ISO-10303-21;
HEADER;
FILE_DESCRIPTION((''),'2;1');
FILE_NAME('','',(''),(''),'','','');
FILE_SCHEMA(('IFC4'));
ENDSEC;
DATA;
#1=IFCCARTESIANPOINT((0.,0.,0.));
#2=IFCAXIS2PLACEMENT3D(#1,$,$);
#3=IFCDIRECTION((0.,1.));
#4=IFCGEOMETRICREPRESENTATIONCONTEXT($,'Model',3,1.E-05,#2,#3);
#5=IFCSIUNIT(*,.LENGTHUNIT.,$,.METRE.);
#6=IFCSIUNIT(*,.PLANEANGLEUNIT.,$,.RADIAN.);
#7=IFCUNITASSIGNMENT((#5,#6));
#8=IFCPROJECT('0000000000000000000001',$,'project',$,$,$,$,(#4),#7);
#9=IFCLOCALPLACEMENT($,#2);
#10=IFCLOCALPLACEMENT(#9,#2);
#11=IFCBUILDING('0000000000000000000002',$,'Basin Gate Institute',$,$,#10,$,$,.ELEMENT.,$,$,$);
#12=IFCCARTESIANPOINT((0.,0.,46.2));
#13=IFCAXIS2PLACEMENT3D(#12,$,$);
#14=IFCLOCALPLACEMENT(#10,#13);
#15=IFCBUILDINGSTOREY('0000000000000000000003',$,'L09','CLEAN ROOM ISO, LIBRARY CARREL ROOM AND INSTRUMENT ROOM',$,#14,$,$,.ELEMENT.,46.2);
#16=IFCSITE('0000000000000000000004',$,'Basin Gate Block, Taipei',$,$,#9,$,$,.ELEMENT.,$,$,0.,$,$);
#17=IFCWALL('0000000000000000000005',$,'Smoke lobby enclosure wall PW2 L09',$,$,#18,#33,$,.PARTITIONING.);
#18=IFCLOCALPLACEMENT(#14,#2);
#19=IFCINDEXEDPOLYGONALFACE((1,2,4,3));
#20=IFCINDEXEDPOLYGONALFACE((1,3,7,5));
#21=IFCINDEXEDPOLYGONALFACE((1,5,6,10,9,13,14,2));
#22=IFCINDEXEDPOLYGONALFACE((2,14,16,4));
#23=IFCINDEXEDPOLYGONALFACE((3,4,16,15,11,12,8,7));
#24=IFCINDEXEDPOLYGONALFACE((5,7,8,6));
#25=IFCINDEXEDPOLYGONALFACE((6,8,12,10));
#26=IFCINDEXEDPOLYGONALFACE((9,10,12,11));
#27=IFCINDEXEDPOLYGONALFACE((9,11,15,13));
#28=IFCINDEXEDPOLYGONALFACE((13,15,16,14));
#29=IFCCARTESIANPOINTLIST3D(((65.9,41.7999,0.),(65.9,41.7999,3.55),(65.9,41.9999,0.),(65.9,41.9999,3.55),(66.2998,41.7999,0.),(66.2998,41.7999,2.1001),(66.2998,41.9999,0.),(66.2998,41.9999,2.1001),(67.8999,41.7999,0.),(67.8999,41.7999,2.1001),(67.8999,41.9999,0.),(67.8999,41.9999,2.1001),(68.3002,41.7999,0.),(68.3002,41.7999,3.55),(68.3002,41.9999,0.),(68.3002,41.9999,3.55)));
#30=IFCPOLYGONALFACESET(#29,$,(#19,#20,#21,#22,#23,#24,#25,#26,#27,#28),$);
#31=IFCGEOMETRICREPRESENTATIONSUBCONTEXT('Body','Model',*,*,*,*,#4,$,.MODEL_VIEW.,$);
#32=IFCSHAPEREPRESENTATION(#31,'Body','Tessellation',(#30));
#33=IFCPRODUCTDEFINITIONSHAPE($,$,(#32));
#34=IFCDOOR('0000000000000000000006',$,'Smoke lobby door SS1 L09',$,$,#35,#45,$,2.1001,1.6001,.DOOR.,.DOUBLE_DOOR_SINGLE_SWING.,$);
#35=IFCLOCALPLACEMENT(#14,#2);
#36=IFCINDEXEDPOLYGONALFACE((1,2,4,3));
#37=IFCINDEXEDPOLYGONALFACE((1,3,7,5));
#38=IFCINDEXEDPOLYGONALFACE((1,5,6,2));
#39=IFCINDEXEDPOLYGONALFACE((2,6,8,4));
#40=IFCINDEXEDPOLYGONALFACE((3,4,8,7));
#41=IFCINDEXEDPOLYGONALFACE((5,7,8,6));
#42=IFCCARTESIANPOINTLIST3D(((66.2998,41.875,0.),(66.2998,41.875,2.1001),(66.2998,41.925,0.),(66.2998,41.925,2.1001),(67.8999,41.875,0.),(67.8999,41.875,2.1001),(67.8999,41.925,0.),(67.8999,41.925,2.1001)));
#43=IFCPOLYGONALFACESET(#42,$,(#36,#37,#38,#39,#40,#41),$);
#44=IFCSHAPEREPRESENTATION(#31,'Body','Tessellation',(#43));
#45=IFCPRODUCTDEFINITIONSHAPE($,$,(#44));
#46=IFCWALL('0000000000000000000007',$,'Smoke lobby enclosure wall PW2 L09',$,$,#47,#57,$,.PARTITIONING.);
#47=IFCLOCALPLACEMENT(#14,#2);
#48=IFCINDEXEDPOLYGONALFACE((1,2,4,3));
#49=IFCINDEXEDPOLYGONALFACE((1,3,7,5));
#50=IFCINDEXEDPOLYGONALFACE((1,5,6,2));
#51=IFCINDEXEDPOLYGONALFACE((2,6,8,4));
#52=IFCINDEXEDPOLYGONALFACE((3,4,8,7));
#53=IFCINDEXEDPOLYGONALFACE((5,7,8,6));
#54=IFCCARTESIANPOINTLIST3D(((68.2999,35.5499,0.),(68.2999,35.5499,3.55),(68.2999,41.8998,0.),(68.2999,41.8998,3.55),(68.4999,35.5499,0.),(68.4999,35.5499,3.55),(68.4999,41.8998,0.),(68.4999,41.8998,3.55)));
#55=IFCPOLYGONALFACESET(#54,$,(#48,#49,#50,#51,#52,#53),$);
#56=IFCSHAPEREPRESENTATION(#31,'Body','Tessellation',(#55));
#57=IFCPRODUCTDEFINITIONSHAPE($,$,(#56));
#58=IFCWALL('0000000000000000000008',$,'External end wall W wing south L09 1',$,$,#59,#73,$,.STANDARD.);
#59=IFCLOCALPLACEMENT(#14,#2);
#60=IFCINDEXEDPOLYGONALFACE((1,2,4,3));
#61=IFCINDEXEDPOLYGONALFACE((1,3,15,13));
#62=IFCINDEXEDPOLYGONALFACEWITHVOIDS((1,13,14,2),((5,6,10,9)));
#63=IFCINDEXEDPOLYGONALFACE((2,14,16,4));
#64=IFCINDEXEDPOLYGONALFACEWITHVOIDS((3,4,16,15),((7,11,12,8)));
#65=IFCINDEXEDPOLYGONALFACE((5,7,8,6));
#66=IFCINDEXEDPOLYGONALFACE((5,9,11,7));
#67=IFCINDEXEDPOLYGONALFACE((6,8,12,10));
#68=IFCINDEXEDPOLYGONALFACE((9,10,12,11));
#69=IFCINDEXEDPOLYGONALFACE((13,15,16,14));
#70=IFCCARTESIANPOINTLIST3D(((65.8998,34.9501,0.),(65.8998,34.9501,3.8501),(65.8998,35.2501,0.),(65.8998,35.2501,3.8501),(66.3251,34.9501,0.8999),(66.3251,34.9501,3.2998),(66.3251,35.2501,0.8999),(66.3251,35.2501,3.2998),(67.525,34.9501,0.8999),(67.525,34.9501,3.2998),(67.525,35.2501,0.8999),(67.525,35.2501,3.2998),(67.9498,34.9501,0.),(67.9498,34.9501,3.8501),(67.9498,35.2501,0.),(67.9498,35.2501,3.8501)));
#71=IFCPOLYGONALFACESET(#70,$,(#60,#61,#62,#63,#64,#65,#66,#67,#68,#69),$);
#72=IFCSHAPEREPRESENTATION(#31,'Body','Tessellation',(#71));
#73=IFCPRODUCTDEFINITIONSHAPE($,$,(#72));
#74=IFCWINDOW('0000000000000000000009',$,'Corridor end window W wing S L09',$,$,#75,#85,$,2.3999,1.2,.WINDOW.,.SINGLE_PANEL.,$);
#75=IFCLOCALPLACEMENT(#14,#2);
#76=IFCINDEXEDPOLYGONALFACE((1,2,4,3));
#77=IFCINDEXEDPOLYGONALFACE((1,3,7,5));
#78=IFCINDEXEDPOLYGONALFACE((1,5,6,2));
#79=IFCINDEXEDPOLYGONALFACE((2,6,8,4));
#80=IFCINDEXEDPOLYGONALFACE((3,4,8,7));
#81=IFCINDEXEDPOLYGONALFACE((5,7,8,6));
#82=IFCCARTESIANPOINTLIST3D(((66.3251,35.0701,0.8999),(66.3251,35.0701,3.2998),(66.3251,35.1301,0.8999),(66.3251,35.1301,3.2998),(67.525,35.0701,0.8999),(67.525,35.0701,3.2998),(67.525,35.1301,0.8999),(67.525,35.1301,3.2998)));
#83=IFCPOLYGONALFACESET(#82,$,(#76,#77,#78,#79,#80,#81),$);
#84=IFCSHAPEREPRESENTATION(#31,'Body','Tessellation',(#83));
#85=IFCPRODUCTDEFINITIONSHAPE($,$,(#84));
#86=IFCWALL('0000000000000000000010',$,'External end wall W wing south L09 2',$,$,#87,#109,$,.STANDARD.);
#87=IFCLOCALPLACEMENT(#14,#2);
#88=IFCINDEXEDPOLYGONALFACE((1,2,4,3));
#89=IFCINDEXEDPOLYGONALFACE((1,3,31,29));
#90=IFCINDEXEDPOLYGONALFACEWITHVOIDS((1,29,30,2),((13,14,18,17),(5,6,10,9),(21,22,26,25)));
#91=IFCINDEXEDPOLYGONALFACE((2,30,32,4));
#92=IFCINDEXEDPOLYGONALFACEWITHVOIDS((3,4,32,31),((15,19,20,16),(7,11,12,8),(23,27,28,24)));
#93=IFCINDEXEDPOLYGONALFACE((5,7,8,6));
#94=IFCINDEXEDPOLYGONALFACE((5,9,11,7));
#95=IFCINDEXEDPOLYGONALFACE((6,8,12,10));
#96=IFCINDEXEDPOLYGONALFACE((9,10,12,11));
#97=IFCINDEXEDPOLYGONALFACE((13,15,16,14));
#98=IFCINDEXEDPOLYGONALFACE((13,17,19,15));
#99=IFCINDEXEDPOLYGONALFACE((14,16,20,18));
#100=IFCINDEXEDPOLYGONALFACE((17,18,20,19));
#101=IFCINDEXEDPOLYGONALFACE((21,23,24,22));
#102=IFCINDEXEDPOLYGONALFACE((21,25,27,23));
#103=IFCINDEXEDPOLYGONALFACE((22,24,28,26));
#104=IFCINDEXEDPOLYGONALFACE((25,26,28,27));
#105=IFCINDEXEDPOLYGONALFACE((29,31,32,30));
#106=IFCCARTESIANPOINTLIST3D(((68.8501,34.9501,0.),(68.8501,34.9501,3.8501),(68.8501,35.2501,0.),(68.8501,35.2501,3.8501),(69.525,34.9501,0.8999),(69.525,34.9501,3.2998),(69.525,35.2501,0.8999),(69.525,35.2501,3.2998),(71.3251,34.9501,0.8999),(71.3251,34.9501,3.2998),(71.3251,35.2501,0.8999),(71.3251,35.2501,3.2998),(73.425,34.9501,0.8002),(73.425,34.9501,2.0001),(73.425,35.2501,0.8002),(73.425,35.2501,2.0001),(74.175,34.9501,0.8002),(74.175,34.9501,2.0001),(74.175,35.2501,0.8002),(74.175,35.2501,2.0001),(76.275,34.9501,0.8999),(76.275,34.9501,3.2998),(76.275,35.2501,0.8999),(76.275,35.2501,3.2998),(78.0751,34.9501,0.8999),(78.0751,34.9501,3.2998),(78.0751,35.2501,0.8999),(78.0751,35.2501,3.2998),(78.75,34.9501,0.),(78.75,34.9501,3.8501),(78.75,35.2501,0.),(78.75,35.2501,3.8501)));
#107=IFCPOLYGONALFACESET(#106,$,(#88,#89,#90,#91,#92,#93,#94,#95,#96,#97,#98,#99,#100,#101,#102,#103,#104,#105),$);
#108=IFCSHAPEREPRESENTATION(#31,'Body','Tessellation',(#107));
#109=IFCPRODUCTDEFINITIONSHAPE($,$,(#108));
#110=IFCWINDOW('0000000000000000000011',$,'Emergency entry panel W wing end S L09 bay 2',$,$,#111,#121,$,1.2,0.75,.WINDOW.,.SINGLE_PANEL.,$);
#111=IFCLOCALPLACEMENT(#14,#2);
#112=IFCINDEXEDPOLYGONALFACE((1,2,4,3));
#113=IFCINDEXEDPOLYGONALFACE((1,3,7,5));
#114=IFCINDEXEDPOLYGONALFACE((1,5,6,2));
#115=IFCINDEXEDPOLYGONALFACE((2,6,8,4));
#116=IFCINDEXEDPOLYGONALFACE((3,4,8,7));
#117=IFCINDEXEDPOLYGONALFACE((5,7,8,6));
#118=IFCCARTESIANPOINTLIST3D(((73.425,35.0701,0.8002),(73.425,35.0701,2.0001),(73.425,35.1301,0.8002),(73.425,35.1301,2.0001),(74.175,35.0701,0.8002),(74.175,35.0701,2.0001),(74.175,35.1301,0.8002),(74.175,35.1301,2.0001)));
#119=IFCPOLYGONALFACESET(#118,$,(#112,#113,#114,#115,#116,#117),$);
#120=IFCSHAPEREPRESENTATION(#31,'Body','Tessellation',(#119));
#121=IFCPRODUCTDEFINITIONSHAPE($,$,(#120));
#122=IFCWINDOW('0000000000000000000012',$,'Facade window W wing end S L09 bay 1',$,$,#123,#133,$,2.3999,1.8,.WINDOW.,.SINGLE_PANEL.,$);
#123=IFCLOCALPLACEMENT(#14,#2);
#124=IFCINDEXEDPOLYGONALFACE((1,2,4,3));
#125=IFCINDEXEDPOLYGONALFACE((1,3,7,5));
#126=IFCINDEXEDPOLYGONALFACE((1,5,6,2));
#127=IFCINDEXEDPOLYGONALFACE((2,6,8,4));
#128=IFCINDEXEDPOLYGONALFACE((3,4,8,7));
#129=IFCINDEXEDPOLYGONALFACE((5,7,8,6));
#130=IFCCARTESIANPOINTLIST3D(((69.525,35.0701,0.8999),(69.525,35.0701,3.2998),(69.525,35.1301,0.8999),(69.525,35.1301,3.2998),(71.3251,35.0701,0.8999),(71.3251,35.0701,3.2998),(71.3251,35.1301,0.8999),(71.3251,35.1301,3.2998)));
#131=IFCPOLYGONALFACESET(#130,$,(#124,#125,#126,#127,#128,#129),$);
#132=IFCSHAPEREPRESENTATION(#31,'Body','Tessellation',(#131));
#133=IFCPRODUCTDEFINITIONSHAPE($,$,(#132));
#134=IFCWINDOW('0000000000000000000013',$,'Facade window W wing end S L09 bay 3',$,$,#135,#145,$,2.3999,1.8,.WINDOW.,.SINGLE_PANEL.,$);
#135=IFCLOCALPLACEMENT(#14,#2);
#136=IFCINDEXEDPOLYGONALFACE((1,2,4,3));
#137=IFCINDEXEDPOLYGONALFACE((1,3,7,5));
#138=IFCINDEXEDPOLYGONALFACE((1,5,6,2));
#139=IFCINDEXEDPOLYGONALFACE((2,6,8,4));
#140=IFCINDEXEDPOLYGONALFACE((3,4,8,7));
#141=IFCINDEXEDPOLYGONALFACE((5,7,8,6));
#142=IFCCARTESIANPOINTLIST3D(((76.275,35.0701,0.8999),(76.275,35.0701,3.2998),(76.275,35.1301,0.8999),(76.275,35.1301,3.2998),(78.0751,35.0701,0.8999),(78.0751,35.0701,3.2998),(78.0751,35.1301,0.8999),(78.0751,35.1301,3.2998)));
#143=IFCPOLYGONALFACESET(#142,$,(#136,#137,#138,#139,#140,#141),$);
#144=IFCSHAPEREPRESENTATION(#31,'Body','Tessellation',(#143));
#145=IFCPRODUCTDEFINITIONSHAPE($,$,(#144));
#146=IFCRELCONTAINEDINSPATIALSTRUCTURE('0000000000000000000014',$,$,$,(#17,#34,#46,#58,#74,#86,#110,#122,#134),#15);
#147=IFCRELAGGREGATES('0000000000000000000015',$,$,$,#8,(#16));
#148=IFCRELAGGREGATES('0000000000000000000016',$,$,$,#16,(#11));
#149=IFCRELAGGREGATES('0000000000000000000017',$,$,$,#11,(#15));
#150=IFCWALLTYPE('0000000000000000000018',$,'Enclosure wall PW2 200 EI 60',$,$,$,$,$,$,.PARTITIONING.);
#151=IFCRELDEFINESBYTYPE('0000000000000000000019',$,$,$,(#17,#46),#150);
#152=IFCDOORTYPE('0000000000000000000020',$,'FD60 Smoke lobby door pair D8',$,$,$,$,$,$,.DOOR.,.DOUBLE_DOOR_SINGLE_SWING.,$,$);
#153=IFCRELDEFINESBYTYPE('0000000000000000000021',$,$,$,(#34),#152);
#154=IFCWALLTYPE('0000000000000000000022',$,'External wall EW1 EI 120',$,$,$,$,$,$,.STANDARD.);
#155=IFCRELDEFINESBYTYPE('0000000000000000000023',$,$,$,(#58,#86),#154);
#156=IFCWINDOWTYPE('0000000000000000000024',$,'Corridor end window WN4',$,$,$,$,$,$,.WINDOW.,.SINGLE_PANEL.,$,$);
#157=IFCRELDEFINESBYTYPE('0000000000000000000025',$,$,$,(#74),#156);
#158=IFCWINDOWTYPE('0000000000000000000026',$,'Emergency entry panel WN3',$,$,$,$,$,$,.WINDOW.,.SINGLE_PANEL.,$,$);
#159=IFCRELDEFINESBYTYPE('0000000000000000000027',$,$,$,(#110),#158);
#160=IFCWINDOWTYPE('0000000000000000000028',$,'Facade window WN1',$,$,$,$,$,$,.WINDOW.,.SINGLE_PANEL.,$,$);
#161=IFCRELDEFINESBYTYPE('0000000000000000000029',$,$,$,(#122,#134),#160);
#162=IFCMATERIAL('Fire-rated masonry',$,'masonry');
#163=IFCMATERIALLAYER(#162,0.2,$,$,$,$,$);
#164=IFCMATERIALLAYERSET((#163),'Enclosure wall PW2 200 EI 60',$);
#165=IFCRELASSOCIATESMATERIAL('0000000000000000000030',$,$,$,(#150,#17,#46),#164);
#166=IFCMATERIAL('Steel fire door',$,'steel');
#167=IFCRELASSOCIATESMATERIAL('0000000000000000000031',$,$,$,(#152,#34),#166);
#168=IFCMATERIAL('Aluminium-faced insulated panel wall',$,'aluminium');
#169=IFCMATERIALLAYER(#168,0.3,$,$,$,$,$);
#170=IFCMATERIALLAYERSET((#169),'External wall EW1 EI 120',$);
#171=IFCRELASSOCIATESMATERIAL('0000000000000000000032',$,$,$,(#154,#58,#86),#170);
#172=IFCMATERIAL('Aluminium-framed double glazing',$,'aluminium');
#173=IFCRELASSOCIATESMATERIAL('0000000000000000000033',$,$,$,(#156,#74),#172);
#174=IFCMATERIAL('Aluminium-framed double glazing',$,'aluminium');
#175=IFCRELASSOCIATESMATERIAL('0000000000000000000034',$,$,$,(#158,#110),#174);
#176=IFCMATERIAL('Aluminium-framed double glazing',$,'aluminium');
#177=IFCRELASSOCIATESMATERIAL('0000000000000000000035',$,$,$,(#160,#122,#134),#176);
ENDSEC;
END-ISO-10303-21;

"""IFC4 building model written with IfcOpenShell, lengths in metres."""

from ifc_helpers import new_model, si_unit, direction, frame, frame_2d, origin, place, context, subcontext, project, spatial, rectangle, extrude, material, layer, layer_set, type_object, element, fill, save


model = new_model("IFC4")

# Units and contexts
model_context = context("Model", 3, precision=1e-05, world=origin(), true_north=direction((0.0, 1.0)))
body_context = subcontext(model_context, "Body", "Model", "MODEL_VIEW")
ifc_project = project(units=[si_unit("LENGTHUNIT", "METRE"), si_unit("PLANEANGLEUNIT", "RADIAN")], contexts=[model_context])

# Site, building, storey
site_placement = place(None, origin())
site = spatial("IfcSite", under=ifc_project, at=site_placement, Name="Basin Gate Block, Taipei", CompositionType="ELEMENT", RefElevation=0.0)
building_placement = place(site_placement, origin())
building = spatial("IfcBuilding", under=site, at=building_placement, Name="Basin Gate Institute", CompositionType="ELEMENT")
storey_placement = place(building_placement, frame((0.0, 0.0, 46.2)))
storey = spatial("IfcBuildingStorey", under=building, at=storey_placement, Name="L09", Description="CLEAN ROOM ISO, LIBRARY CARREL ROOM AND INSTRUMENT ROOM", CompositionType="ELEMENT", Elevation=46.2)

# Wall, opening, door
ifc_material_1 = material(Name="Fire-rated masonry", Category="masonry")
ifc_layer_1 = layer(ifc_material_1, 0.2)
ifc_layer_set_1 = layer_set([ifc_layer_1], Name="Enclosure wall PW2 200 EI 60")
wall_type_1 = type_object("IfcWallType", Name="Enclosure wall PW2 200 EI 60", PredefinedType="PARTITIONING", material=ifc_layer_set_1)
wall_1_placement = place(storey_placement, frame((65.8999, 41.8999, 0.0), z_axis=(0.0, 0.0, 1.0), x_axis=(1.0, 0.0, 0.0)))
wall_1 = element("IfcWall", 1, at=wall_1_placement, inside=storey, type_object=wall_type_1, material=ifc_layer_set_1, Name="Smoke lobby enclosure wall PW2 L09", PredefinedType="PARTITIONING", context=body_context, shape_type="SweptSolid", body=[
    extrude(rectangle(XDim=2.4001, YDim=0.2, at=frame_2d((1.2002, 0.0))), origin(), (0.0, 0.0, 1.0), 3.55),
])
opening_1_placement = place(wall_1_placement, frame((0.3999, 0.0, 0.0)))
opening_1 = element("IfcOpeningElement", 2, at=opening_1_placement, cuts=wall_1, PredefinedType="OPENING", context=body_context, shape_type="SweptSolid", body=[
    extrude(rectangle(XDim=1.6001, YDim=2.1001, at=frame_2d((0.8, 1.05))), frame((0.0, 0.1099, 0.0), z_axis=(0.0, -1.0, 0.0), x_axis=(1.0, 0.0, 0.0)), (0.0, 0.0, 1.0), 0.22),
])
ifc_material_2 = material(Name="Steel fire door", Category="steel")
door_type_1 = type_object("IfcDoorType", Name="FD60 Smoke lobby door pair D8", OperationType="DOUBLE_DOOR_SINGLE_SWING", PredefinedType="DOOR", material=ifc_material_2)
door_1_placement = place(opening_1_placement, frame((1.6001, 0.0, 0.0), z_axis=(0.0, 0.0, 1.0), x_axis=(-1.0, 0.0, 0.0)))
door_1 = element("IfcDoor", 3, at=door_1_placement, inside=storey, type_object=door_type_1, material=ifc_material_2, Name="Smoke lobby door SS1 L09", OperationType="DOUBLE_DOOR_SINGLE_SWING", OverallHeight=2.1001, OverallWidth=1.6001, PredefinedType="DOOR", context=body_context, shape_type="SweptSolid", body=[
    extrude(rectangle(XDim=1.6001, YDim=2.1001, at=frame_2d((0.8, 1.05))), frame((0.0, 0.0249, 0.0), z_axis=(0.0, -1.0, 0.0), x_axis=(1.0, 0.0, 0.0)), (0.0, 0.0, 1.0), 0.05),
])
fill(opening_1, door_1)

# Wall
wall_2_placement = place(storey_placement, frame((68.3999, 35.55, 0.0), z_axis=(0.0, 0.0, 1.0), x_axis=(0.0, 1.0, 0.0)))
element("IfcWall", 4, at=wall_2_placement, inside=storey, type_object=wall_type_1, material=ifc_layer_set_1, Name="Smoke lobby enclosure wall PW2 L09", PredefinedType="PARTITIONING", context=body_context, shape_type="SweptSolid", body=[
    extrude(rectangle(XDim=6.3499, YDim=0.2, at=frame_2d((3.1748, 0.0))), origin(), (0.0, 0.0, 1.0), 3.55),
])

# Wall, opening, window
ifc_material_3 = material(Name="Aluminium-faced insulated panel wall", Category="aluminium")
ifc_layer_2 = layer(ifc_material_3, 0.3)
ifc_layer_set_2 = layer_set([ifc_layer_2], Name="External wall EW1 EI 120")
wall_type_2 = type_object("IfcWallType", Name="External wall EW1 EI 120", PredefinedType="STANDARD", material=ifc_layer_set_2)
wall_3_placement = place(storey_placement, frame((65.8999, 35.1001, 0.0), z_axis=(0.0, 0.0, 1.0), x_axis=(1.0, 0.0, 0.0)))
wall_3 = element("IfcWall", 5, at=wall_3_placement, inside=storey, type_object=wall_type_2, material=ifc_layer_set_2, Name="External end wall W wing south L09 1", PredefinedType="STANDARD", context=body_context, shape_type="SweptSolid", body=[
    extrude(rectangle(XDim=2.05, YDim=0.3, at=frame_2d((1.0249, 0.0))), origin(), (0.0, 0.0, 1.0), 3.8501),
])
opening_2_placement = place(wall_3_placement, frame((0.425, 0.0, 0.8999)))
opening_2 = element("IfcOpeningElement", 6, at=opening_2_placement, cuts=wall_3, PredefinedType="OPENING", context=body_context, shape_type="SweptSolid", body=[
    extrude(rectangle(XDim=1.2, YDim=2.3999, at=frame_2d((0.6001, 1.2))), frame((0.0, 0.1602, 0.0), z_axis=(0.0, -1.0, 0.0), x_axis=(1.0, 0.0, 0.0)), (0.0, 0.0, 1.0), 0.3201),
])
ifc_material_4 = material(Name="Aluminium-framed double glazing", Category="aluminium")
window_type_1 = type_object("IfcWindowType", Name="Corridor end window WN4", PartitioningType="SINGLE_PANEL", PredefinedType="WINDOW", material=ifc_material_4)
window_1_placement = place(opening_2_placement, origin())
window_1 = element("IfcWindow", 7, at=window_1_placement, inside=storey, type_object=window_type_1, material=ifc_material_4, Name="Corridor end window W wing S L09", OverallHeight=2.3999, OverallWidth=1.2, PartitioningType="SINGLE_PANEL", PredefinedType="WINDOW", context=body_context, shape_type="SweptSolid", body=[
    extrude(rectangle(XDim=1.2, YDim=2.3999, at=frame_2d((0.6001, 1.2))), frame((0.0, 0.03, 0.0), z_axis=(0.0, -1.0, 0.0), x_axis=(1.0, 0.0, 0.0)), (0.0, 0.0, 1.0), 0.0601),
])
fill(opening_2, window_1)

# Wall, openings, windows
wall_4_placement = place(storey_placement, frame((68.8501, 35.1001, 0.0), z_axis=(0.0, 0.0, 1.0), x_axis=(1.0, 0.0, 0.0)))
wall_4 = element("IfcWall", 8, at=wall_4_placement, inside=storey, type_object=wall_type_2, material=ifc_layer_set_2, Name="External end wall W wing south L09 2", PredefinedType="STANDARD", context=body_context, shape_type="SweptSolid", body=[
    extrude(rectangle(XDim=9.8999, YDim=0.3, at=frame_2d((4.95, 0.0))), origin(), (0.0, 0.0, 1.0), 3.8501),
])
opening_3_placement = place(wall_4_placement, frame((0.675, 0.0, 0.8999)))
opening_3 = element("IfcOpeningElement", 9, at=opening_3_placement, cuts=wall_4, PredefinedType="OPENING", context=body_context, shape_type="SweptSolid", body=[
    extrude(rectangle(XDim=1.8, YDim=2.3999, at=frame_2d((0.8999, 1.2))), frame((0.0, 0.1602, 0.0), z_axis=(0.0, -1.0, 0.0), x_axis=(1.0, 0.0, 0.0)), (0.0, 0.0, 1.0), 0.3201),
])
opening_4_placement = place(wall_4_placement, frame((4.575, 0.0, 0.8)))
opening_4 = element("IfcOpeningElement", 10, at=opening_4_placement, cuts=wall_4, PredefinedType="OPENING", context=body_context, shape_type="SweptSolid", body=[
    extrude(rectangle(XDim=0.75, YDim=1.2, at=frame_2d((0.375, 0.6001))), frame((0.0, 0.1602, 0.0), z_axis=(0.0, -1.0, 0.0), x_axis=(1.0, 0.0, 0.0)), (0.0, 0.0, 1.0), 0.3201),
])
opening_5_placement = place(wall_4_placement, frame((7.425, 0.0, 0.8999)))
opening_5 = element("IfcOpeningElement", 11, at=opening_5_placement, cuts=wall_4, PredefinedType="OPENING", context=body_context, shape_type="SweptSolid", body=[
    extrude(rectangle(XDim=1.8, YDim=2.3999, at=frame_2d((0.8999, 1.2))), frame((0.0, 0.1602, 0.0), z_axis=(0.0, -1.0, 0.0), x_axis=(1.0, 0.0, 0.0)), (0.0, 0.0, 1.0), 0.3201),
])
ifc_material_5 = material(Name="Aluminium-framed double glazing", Category="aluminium")
window_type_2 = type_object("IfcWindowType", Name="Emergency entry panel WN3", PartitioningType="SINGLE_PANEL", PredefinedType="WINDOW", material=ifc_material_5)
window_2_placement = place(opening_4_placement, origin())
window_2 = element("IfcWindow", 12, at=window_2_placement, inside=storey, type_object=window_type_2, material=ifc_material_5, Name="Emergency entry panel W wing end S L09 bay 2", OverallHeight=1.2, OverallWidth=0.75, PartitioningType="SINGLE_PANEL", PredefinedType="WINDOW", context=body_context, shape_type="SweptSolid", body=[
    extrude(rectangle(XDim=0.75, YDim=1.2, at=frame_2d((0.375, 0.6001))), frame((0.0, 0.03, 0.0), z_axis=(0.0, -1.0, 0.0), x_axis=(1.0, 0.0, 0.0)), (0.0, 0.0, 1.0), 0.0601),
])
fill(opening_4, window_2)
ifc_material_6 = material(Name="Aluminium-framed double glazing", Category="aluminium")
window_type_3 = type_object("IfcWindowType", Name="Facade window WN1", PartitioningType="SINGLE_PANEL", PredefinedType="WINDOW", material=ifc_material_6)
window_3_placement = place(opening_3_placement, origin())
window_3 = element("IfcWindow", 13, at=window_3_placement, inside=storey, type_object=window_type_3, material=ifc_material_6, Name="Facade window W wing end S L09 bay 1", OverallHeight=2.3999, OverallWidth=1.8, PartitioningType="SINGLE_PANEL", PredefinedType="WINDOW", context=body_context, shape_type="SweptSolid", body=[
    extrude(rectangle(XDim=1.8, YDim=2.3999, at=frame_2d((0.8999, 1.2))), frame((0.0, 0.03, 0.0), z_axis=(0.0, -1.0, 0.0), x_axis=(1.0, 0.0, 0.0)), (0.0, 0.0, 1.0), 0.0601),
])
fill(opening_3, window_3)
window_4_placement = place(opening_5_placement, origin())
window_4 = element("IfcWindow", 14, at=window_4_placement, inside=storey, type_object=window_type_3, material=ifc_material_6, Name="Facade window W wing end S L09 bay 3", OverallHeight=2.3999, OverallWidth=1.8, PartitioningType="SINGLE_PANEL", PredefinedType="WINDOW", context=body_context, shape_type="SweptSolid", body=[
    extrude(rectangle(XDim=1.8, YDim=2.3999, at=frame_2d((0.8999, 1.2))), frame((0.0, 0.03, 0.0), z_axis=(0.0, -1.0, 0.0), x_axis=(1.0, 0.0, 0.0)), (0.0, 0.0, 1.0), 0.0601),
])
fill(opening_5, window_4)

save(model, "model.ifc")
